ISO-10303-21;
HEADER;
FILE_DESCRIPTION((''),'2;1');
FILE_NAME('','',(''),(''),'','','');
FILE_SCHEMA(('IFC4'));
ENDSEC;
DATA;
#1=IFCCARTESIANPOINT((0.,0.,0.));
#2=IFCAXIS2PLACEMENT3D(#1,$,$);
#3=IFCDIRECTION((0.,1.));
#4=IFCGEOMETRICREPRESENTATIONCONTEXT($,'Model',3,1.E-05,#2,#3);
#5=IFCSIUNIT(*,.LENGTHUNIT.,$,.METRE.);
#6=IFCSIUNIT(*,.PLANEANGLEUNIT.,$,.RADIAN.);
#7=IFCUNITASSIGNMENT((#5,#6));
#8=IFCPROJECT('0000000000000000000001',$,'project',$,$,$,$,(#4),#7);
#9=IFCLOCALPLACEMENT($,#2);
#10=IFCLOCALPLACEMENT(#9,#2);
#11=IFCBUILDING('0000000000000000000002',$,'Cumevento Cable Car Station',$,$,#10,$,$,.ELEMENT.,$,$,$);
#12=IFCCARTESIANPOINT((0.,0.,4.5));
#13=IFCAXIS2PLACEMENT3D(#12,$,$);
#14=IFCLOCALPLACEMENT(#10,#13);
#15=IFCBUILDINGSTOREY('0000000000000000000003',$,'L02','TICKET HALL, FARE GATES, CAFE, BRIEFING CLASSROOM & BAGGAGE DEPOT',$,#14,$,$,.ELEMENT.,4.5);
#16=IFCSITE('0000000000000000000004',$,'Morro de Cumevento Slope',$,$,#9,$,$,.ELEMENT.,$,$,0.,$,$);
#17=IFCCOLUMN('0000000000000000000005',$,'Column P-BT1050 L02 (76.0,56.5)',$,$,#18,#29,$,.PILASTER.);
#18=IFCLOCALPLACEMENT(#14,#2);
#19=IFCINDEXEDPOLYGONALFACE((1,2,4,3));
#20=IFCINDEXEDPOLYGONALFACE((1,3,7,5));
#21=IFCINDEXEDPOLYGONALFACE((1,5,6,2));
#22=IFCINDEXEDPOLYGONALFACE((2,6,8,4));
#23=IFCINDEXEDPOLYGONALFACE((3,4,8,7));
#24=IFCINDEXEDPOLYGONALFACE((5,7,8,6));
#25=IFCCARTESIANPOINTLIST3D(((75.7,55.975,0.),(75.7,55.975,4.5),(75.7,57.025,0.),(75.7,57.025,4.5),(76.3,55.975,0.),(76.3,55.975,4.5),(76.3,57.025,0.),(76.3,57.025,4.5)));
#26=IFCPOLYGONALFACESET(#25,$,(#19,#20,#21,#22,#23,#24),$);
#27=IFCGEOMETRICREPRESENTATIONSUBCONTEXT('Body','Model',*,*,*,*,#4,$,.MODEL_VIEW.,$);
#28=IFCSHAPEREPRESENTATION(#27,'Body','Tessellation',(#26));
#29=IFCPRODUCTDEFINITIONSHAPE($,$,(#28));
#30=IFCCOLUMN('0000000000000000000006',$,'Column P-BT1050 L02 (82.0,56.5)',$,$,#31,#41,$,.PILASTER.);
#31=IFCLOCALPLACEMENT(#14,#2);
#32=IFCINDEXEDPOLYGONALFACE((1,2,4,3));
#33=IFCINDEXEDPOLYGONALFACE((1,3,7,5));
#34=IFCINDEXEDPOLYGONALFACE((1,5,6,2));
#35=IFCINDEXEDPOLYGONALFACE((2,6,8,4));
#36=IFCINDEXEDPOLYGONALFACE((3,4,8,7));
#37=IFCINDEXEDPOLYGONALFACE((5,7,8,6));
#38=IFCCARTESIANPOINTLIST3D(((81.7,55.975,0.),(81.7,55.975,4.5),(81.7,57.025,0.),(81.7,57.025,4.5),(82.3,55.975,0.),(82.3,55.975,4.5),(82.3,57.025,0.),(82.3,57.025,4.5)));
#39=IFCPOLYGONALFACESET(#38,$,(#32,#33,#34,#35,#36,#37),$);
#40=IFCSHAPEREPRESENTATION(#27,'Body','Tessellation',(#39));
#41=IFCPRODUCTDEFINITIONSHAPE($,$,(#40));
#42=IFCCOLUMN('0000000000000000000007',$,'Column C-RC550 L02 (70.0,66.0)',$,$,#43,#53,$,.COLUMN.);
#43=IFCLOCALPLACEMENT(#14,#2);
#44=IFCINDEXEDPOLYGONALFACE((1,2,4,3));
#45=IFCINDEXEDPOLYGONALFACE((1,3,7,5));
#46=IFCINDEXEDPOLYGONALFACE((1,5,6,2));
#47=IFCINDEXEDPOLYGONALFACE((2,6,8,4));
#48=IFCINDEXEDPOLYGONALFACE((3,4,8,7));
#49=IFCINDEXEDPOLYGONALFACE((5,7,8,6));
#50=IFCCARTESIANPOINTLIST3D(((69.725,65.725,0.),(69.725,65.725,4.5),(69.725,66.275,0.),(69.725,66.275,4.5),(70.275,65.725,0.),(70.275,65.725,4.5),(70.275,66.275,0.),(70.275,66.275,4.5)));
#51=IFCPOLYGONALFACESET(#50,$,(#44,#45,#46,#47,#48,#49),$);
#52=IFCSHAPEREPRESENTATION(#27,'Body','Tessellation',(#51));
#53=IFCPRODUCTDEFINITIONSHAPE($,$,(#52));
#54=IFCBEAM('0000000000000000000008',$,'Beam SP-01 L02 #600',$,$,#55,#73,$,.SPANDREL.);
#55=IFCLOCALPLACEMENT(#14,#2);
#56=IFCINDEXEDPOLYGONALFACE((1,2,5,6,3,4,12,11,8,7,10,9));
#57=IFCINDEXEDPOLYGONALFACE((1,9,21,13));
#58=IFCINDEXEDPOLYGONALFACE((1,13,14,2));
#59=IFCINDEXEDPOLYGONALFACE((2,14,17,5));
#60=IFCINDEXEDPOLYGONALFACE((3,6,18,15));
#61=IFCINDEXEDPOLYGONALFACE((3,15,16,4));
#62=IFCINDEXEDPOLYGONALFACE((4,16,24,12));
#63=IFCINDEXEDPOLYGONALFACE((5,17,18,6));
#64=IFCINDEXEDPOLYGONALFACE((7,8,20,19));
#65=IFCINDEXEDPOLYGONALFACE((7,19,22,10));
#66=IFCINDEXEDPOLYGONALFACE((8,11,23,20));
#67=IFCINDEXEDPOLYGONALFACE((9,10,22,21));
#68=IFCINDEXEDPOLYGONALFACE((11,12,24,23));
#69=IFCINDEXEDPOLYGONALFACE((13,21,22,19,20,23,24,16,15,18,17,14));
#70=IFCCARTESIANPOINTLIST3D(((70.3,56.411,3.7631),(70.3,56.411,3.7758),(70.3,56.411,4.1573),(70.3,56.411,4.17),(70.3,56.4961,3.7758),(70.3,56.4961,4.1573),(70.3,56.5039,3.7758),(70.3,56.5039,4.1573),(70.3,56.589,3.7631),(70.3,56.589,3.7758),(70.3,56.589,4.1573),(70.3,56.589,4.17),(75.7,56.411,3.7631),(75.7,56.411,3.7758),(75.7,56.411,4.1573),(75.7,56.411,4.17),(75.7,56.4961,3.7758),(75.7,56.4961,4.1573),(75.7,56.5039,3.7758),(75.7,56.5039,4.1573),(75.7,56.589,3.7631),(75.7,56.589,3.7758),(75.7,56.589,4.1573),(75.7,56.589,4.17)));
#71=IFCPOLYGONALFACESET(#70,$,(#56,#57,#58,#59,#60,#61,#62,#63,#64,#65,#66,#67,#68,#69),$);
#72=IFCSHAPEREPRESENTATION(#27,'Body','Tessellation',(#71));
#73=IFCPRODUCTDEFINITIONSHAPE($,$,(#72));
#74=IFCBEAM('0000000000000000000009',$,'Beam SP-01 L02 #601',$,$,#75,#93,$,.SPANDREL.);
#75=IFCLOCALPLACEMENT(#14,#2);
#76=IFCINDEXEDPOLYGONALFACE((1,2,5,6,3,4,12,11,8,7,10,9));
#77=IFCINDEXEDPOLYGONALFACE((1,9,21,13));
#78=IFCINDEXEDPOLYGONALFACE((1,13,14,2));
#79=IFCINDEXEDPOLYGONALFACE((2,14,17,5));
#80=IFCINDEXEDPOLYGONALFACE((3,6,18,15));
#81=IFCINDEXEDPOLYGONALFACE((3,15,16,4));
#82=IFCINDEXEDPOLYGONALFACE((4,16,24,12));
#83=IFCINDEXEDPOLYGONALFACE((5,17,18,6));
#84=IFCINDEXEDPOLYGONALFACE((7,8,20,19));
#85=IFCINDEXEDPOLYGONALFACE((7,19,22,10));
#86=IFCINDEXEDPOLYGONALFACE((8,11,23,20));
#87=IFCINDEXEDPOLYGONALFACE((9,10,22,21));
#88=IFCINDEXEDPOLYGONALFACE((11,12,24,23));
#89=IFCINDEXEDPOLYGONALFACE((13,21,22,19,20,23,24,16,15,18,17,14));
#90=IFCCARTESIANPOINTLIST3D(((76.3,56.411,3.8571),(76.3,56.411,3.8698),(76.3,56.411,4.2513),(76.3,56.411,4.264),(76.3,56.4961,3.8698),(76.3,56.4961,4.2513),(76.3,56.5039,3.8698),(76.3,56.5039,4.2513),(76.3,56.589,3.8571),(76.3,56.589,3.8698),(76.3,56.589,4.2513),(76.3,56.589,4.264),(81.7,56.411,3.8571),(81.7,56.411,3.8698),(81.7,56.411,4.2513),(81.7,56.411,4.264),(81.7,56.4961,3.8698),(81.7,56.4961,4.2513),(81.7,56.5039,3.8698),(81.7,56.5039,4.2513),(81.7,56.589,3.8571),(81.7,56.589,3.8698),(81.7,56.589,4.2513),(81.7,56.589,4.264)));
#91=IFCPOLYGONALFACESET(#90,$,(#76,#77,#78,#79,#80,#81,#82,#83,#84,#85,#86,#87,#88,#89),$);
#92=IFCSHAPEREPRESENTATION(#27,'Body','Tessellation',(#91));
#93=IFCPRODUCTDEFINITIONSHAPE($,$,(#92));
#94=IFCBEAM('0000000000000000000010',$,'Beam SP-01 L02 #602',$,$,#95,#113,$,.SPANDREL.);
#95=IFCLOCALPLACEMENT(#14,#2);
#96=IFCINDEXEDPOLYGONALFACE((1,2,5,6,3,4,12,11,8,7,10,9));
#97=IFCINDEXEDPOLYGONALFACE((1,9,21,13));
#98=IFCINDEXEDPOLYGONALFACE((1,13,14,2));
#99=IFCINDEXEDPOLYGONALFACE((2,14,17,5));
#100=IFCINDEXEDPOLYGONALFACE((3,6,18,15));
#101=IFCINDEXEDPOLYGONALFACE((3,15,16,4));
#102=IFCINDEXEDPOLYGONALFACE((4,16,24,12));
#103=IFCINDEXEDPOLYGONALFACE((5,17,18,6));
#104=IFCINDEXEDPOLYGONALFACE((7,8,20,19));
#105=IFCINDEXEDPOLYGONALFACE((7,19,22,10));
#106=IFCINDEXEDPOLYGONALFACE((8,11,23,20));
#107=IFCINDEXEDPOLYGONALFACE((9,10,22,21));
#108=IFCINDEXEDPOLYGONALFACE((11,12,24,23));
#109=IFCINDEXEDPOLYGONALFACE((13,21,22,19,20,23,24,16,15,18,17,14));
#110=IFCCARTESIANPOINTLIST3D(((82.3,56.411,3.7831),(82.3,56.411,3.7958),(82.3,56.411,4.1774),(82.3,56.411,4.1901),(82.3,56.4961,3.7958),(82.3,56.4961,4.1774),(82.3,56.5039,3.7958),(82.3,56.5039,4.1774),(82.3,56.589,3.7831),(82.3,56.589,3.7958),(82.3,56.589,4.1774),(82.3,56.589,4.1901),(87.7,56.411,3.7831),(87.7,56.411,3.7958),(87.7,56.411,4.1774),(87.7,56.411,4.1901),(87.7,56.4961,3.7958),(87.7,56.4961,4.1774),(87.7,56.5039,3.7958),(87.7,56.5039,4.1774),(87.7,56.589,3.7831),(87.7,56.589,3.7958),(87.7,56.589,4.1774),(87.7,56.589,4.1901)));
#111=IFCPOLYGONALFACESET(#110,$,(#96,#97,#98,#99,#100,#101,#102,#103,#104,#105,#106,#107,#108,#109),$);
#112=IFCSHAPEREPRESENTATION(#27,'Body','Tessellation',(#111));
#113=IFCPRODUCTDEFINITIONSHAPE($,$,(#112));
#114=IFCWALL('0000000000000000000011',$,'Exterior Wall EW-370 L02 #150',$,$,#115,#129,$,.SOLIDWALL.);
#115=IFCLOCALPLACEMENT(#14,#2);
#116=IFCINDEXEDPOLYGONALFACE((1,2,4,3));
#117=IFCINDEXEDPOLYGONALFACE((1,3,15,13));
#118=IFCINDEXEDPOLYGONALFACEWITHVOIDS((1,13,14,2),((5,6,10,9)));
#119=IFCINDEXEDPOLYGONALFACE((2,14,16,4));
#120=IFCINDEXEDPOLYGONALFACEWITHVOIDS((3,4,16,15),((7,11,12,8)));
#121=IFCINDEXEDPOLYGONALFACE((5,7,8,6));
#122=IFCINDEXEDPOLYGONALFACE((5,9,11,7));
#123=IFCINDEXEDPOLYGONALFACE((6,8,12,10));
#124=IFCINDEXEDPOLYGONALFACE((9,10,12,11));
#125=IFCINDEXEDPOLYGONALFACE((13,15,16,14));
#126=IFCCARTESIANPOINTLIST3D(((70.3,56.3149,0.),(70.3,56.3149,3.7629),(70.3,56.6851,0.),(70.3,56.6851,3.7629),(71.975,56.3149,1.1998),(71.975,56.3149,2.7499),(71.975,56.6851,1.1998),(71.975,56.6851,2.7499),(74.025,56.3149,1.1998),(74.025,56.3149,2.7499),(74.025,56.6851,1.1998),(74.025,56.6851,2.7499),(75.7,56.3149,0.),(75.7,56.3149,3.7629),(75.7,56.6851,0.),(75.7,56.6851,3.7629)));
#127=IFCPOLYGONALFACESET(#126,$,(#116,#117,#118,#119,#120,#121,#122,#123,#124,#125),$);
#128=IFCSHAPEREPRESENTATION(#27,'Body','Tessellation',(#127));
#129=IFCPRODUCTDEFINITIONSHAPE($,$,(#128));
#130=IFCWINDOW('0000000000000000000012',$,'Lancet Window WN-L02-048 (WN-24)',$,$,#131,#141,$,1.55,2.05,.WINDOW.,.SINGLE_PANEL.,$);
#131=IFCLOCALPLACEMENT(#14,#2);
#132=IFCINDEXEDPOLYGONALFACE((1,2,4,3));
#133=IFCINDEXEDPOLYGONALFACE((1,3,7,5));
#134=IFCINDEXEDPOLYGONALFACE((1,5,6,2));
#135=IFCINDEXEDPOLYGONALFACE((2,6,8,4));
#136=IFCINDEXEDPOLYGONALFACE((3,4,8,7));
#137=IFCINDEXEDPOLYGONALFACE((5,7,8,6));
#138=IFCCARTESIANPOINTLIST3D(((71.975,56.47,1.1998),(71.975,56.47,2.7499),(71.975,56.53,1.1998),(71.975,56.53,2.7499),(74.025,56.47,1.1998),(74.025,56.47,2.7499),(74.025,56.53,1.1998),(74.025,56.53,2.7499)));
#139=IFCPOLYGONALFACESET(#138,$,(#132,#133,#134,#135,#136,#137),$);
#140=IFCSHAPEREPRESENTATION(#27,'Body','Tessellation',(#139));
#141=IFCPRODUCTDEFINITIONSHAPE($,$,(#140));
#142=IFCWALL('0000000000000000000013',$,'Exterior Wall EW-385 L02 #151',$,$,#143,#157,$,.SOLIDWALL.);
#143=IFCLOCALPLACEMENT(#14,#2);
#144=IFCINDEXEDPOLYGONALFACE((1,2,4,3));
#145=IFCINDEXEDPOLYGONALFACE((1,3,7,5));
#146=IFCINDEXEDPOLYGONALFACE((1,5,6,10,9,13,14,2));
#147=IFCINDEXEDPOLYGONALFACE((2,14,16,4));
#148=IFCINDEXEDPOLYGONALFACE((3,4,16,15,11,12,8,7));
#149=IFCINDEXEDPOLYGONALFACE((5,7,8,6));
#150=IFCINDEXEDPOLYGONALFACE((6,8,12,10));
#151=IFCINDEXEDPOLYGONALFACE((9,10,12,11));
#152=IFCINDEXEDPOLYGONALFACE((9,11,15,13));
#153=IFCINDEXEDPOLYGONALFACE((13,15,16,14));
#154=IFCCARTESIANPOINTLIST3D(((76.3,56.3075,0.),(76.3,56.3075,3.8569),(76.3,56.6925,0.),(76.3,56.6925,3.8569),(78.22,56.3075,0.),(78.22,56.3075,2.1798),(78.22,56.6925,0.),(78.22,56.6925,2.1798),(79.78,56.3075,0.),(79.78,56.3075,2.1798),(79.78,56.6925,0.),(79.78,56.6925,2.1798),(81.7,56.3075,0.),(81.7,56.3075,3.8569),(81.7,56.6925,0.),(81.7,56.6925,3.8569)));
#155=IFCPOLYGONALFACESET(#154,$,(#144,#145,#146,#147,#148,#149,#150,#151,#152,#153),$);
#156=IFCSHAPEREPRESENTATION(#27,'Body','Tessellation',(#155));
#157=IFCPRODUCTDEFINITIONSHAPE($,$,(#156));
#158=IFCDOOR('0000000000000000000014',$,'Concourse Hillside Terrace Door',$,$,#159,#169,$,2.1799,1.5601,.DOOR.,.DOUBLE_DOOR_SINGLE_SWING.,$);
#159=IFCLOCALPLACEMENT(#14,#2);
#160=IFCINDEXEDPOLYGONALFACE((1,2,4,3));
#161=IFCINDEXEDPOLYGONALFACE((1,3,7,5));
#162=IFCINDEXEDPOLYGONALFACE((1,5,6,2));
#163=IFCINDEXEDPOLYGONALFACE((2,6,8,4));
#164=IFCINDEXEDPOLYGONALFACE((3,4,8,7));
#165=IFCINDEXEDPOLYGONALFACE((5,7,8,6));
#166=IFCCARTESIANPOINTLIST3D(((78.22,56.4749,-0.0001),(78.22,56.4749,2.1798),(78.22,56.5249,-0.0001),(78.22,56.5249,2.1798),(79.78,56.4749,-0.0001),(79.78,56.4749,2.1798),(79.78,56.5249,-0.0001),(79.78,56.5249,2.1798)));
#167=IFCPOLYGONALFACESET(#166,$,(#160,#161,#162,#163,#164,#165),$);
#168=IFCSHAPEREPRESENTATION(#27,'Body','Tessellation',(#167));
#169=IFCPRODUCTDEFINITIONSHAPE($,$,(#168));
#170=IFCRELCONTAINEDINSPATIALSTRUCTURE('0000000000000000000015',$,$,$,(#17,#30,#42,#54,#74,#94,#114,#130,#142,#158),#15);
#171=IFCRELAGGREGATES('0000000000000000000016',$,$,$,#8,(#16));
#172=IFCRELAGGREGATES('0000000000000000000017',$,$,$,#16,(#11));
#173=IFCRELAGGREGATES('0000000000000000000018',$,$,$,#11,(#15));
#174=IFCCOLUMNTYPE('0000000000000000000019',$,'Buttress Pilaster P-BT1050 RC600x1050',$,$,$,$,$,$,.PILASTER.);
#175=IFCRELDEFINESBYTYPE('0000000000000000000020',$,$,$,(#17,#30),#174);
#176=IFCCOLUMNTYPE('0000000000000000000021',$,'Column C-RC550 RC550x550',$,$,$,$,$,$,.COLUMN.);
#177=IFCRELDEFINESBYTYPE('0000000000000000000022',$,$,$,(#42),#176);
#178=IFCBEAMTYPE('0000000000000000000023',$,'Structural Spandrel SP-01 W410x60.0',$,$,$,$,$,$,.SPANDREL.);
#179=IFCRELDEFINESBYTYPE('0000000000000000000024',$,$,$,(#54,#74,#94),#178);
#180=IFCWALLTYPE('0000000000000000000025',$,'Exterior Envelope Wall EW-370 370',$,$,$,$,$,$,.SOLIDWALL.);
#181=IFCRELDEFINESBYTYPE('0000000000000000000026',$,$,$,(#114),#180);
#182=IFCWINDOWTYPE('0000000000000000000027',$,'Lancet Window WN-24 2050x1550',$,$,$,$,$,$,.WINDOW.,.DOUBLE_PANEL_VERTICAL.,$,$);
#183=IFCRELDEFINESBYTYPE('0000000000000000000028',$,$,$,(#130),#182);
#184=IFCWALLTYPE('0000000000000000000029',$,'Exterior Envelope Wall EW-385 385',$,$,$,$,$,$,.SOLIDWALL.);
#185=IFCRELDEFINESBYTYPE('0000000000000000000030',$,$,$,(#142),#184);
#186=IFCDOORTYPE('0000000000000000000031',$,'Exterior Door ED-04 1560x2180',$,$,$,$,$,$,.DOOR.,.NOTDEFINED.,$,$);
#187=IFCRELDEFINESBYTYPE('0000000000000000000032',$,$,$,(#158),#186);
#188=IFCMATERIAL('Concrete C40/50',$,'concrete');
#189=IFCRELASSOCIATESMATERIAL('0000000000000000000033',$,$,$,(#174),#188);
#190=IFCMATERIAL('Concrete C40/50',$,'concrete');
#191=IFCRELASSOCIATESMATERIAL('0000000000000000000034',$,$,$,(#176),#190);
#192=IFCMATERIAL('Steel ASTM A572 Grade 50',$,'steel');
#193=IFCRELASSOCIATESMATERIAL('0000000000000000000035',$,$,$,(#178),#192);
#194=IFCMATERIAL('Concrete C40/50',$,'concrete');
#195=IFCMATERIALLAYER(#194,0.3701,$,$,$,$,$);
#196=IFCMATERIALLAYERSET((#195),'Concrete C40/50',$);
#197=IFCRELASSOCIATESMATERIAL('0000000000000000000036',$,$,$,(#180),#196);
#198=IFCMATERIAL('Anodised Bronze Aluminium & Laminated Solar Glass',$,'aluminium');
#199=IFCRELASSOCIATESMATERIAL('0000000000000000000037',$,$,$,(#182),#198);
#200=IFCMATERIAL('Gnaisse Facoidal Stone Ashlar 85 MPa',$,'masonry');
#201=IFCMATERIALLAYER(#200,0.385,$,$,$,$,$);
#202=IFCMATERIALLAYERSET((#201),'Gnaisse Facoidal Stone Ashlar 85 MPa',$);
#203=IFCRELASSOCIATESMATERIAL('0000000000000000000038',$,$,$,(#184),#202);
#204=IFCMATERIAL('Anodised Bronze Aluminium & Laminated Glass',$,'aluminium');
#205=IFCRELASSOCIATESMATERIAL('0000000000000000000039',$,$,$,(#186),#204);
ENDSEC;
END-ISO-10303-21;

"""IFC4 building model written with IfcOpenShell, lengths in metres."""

from ifc_helpers import new_model, si_unit, direction, frame, frame_2d, origin, origin_2d, place, context, subcontext, project, spatial, rectangle, i_section, extrude, material, layer, layer_set, material_profile, profile_set, type_object, element, fill, save


model = new_model("IFC4")

# Units and contexts
model_context = context("Model", 3, precision=1e-05, world=origin(), true_north=direction((0.0, 1.0)))
body_context = subcontext(model_context, "Body", "Model", "MODEL_VIEW")
ifc_project = project(units=[si_unit("LENGTHUNIT", "METRE"), si_unit("PLANEANGLEUNIT", "RADIAN")], contexts=[model_context])

# Site, building, storey
site_placement = place(None, origin())
site = spatial("IfcSite", under=ifc_project, at=site_placement, Name="Morro de Cumevento Slope", CompositionType="ELEMENT", RefElevation=0.0)
building_placement = place(site_placement, origin())
building = spatial("IfcBuilding", under=site, at=building_placement, Name="Cumevento Cable Car Station", CompositionType="ELEMENT")
storey_placement = place(building_placement, frame((0.0, 0.0, 4.5)))
storey = spatial("IfcBuildingStorey", under=building, at=storey_placement, Name="L02", Description="TICKET HALL, FARE GATES, CAFE, BRIEFING CLASSROOM & BAGGAGE DEPOT", CompositionType="ELEMENT", Elevation=4.5)

# Columns
ifc_material_1 = material(Name="Concrete C40/50", Category="concrete")
ifc_material_profile_1 = material_profile(ifc_material_1, rectangle(XDim=0.6001, YDim=1.05, at=origin_2d()), Name="RC600x1050")
ifc_profile_set_1 = profile_set([ifc_material_profile_1], Name="Concrete C40/50")
column_type_1 = type_object("IfcColumnType", Name="Buttress Pilaster P-BT1050 RC600x1050", PredefinedType="PILASTER", material=ifc_profile_set_1)
for number, where, z_axis, x_axis, name in (
    (1, (76.0, 56.5, 0.0), (0.0, 0.0, 1.0), (1.0, 0.0, 0.0), "Column P-BT1050 L02 (76.0,56.5)"),
    (2, (82.0, 56.5, 0.0), (0.0, 0.0, 1.0), (1.0, 0.0, 0.0), "Column P-BT1050 L02 (82.0,56.5)"),
):
    element("IfcColumn", number, at=place(storey_placement, frame(where, z_axis=z_axis, x_axis=x_axis)), inside=storey, type_object=column_type_1, Name=name, PredefinedType="PILASTER", context=body_context, shape_type="SweptSolid", body=[
        extrude(rectangle(XDim=0.6001, YDim=1.05, at=origin_2d()), origin(), (0.0, 0.0, 1.0), 4.5),
    ])
ifc_material_2 = material(Name="Concrete C40/50", Category="concrete")
ifc_material_profile_2 = material_profile(ifc_material_2, rectangle(XDim=0.55, YDim=0.55, at=origin_2d()), Name="RC550x550")
ifc_profile_set_2 = profile_set([ifc_material_profile_2], Name="Concrete C40/50")
column_type_2 = type_object("IfcColumnType", Name="Column C-RC550 RC550x550", PredefinedType="COLUMN", material=ifc_profile_set_2)
column_placement = place(storey_placement, frame((70.0, 66.0, 0.0), z_axis=(0.0, 0.0, 1.0), x_axis=(1.0, 0.0, 0.0)))
element("IfcColumn", 3, at=column_placement, inside=storey, type_object=column_type_2, Name="Column C-RC550 L02 (70.0,66.0)", PredefinedType="COLUMN", context=body_context, shape_type="SweptSolid", body=[
    extrude(rectangle(XDim=0.55, YDim=0.55, at=origin_2d()), origin(), (0.0, 0.0, 1.0), 4.5),
])

# Beams
ifc_material_3 = material(Name="Steel ASTM A572 Grade 50", Category="steel")
ifc_material_profile_3 = material_profile(ifc_material_3, i_section(OverallWidth=0.178, OverallDepth=0.407, WebThickness=0.0078, FlangeThickness=0.0127, at=origin_2d()), Name="W410x60.0")
ifc_profile_set_3 = profile_set([ifc_material_profile_3], Name="Steel ASTM A572 Grade 50")
beam_type = type_object("IfcBeamType", Name="Structural Spandrel SP-01 W410x60.0", PredefinedType="SPANDREL", material=ifc_profile_set_3)
for number, where, z_axis, x_axis, name in (
    (4, (70.3, 56.5, 3.9666), (1.0, 0.0, 0.0), (0.0, 1.0, 0.0), "Beam SP-01 L02 #600"),
    (5, (76.3, 56.5, 4.0605), (1.0, 0.0, 0.0), (0.0, 1.0, 0.0), "Beam SP-01 L02 #601"),
    (6, (82.3, 56.5, 3.9866), (1.0, 0.0, 0.0), (0.0, 1.0, 0.0), "Beam SP-01 L02 #602"),
):
    element("IfcBeam", number, at=place(storey_placement, frame(where, z_axis=z_axis, x_axis=x_axis)), inside=storey, type_object=beam_type, Name=name, PredefinedType="SPANDREL", context=body_context, shape_type="SweptSolid", body=[
        extrude(i_section(OverallWidth=0.178, OverallDepth=0.407, WebThickness=0.0078, FlangeThickness=0.0127, at=origin_2d()), origin(), (0.0, 0.0, 1.0), 5.3999),
    ])

# Wall, opening, window
ifc_material_4 = material(Name="Concrete C40/50", Category="concrete")
ifc_layer_1 = layer(ifc_material_4, 0.3701)
ifc_layer_set_1 = layer_set([ifc_layer_1], Name="Concrete C40/50")
wall_type_1 = type_object("IfcWallType", Name="Exterior Envelope Wall EW-370 370", PredefinedType="SOLIDWALL", material=ifc_layer_set_1)
wall_1_placement = place(storey_placement, frame((70.3, 56.5, 0.0), z_axis=(0.0, 0.0, 1.0), x_axis=(1.0, 0.0, 0.0)))
wall_1 = element("IfcWall", 7, at=wall_1_placement, inside=storey, type_object=wall_type_1, Name="Exterior Wall EW-370 L02 #150", PredefinedType="SOLIDWALL", context=body_context, shape_type="SweptSolid", body=[
    extrude(rectangle(XDim=5.3999, YDim=0.3701, at=frame_2d((2.7, 0.0))), origin(), (0.0, 0.0, 1.0), 3.7629),
])
opening_1_placement = place(wall_1_placement, frame((1.675, 0.0, 1.2)))
opening_1 = element("IfcOpeningElement", 8, at=opening_1_placement, cuts=wall_1, PredefinedType="OPENING", context=body_context, shape_type="SweptSolid", body=[
    extrude(rectangle(XDim=2.05, YDim=1.55, at=frame_2d((1.0249, 0.7749))), frame((0.0, 0.1951, 0.0), z_axis=(0.0, -1.0, 0.0), x_axis=(1.0, 0.0, 0.0)), (0.0, 0.0, 1.0), 0.3901),
])
ifc_material_5 = material(Name="Anodised Bronze Aluminium & Laminated Solar Glass", Category="aluminium")
window_type = type_object("IfcWindowType", Name="Lancet Window WN-24 2050x1550", PartitioningType="DOUBLE_PANEL_VERTICAL", PredefinedType="WINDOW", material=ifc_material_5)
window_placement = place(opening_1_placement, origin())
window = element("IfcWindow", 9, at=window_placement, inside=storey, type_object=window_type, Name="Lancet Window WN-L02-048 (WN-24)", OverallHeight=1.55, OverallWidth=2.05, PartitioningType="SINGLE_PANEL", PredefinedType="WINDOW", context=body_context, shape_type="SweptSolid", body=[
    extrude(rectangle(XDim=2.05, YDim=1.55, at=frame_2d((1.0249, 0.7749))), frame((0.0, 0.03, 0.0), z_axis=(0.0, -1.0, 0.0), x_axis=(1.0, 0.0, 0.0)), (0.0, 0.0, 1.0), 0.0601),
])
fill(opening_1, window)

# Wall, opening, door
ifc_material_6 = material(Name="Gnaisse Facoidal Stone Ashlar 85 MPa", Category="masonry")
ifc_layer_2 = layer(ifc_material_6, 0.385)
ifc_layer_set_2 = layer_set([ifc_layer_2], Name="Gnaisse Facoidal Stone Ashlar 85 MPa")
wall_type_2 = type_object("IfcWallType", Name="Exterior Envelope Wall EW-385 385", PredefinedType="SOLIDWALL", material=ifc_layer_set_2)
wall_2_placement = place(storey_placement, frame((76.3, 56.5, 0.0), z_axis=(0.0, 0.0, 1.0), x_axis=(1.0, 0.0, 0.0)))
wall_2 = element("IfcWall", 10, at=wall_2_placement, inside=storey, type_object=wall_type_2, Name="Exterior Wall EW-385 L02 #151", PredefinedType="SOLIDWALL", context=body_context, shape_type="SweptSolid", body=[
    extrude(rectangle(XDim=5.3999, YDim=0.385, at=frame_2d((2.7, 0.0))), origin(), (0.0, 0.0, 1.0), 3.8569),
])
opening_2_placement = place(wall_2_placement, frame((1.9199, 0.0, 0.0)))
opening_2 = element("IfcOpeningElement", 11, at=opening_2_placement, cuts=wall_2, PredefinedType="OPENING", context=body_context, shape_type="SweptSolid", body=[
    extrude(rectangle(XDim=1.5601, YDim=2.1799, at=frame_2d((0.78, 1.0898))), frame((0.0, 0.2024, 0.0), z_axis=(0.0, -1.0, 0.0), x_axis=(1.0, 0.0, 0.0)), (0.0, 0.0, 1.0), 0.405),
])
ifc_material_7 = material(Name="Anodised Bronze Aluminium & Laminated Glass", Category="aluminium")
door_type = type_object("IfcDoorType", Name="Exterior Door ED-04 1560x2180", OperationType="NOTDEFINED", PredefinedType="DOOR", material=ifc_material_7)
door_placement = place(opening_2_placement, origin())
door = element("IfcDoor", 12, at=door_placement, inside=storey, type_object=door_type, Name="Concourse Hillside Terrace Door", OperationType="DOUBLE_DOOR_SINGLE_SWING", OverallHeight=2.1799, OverallWidth=1.5601, PredefinedType="DOOR", context=body_context, shape_type="SweptSolid", body=[
    extrude(rectangle(XDim=1.5601, YDim=2.1799, at=frame_2d((0.78, 1.0898))), frame((0.0, 0.0249, 0.0), z_axis=(0.0, -1.0, 0.0), x_axis=(1.0, 0.0, 0.0)), (0.0, 0.0, 1.0), 0.05),
])
fill(opening_2, door)

save(model, "model.ifc")
